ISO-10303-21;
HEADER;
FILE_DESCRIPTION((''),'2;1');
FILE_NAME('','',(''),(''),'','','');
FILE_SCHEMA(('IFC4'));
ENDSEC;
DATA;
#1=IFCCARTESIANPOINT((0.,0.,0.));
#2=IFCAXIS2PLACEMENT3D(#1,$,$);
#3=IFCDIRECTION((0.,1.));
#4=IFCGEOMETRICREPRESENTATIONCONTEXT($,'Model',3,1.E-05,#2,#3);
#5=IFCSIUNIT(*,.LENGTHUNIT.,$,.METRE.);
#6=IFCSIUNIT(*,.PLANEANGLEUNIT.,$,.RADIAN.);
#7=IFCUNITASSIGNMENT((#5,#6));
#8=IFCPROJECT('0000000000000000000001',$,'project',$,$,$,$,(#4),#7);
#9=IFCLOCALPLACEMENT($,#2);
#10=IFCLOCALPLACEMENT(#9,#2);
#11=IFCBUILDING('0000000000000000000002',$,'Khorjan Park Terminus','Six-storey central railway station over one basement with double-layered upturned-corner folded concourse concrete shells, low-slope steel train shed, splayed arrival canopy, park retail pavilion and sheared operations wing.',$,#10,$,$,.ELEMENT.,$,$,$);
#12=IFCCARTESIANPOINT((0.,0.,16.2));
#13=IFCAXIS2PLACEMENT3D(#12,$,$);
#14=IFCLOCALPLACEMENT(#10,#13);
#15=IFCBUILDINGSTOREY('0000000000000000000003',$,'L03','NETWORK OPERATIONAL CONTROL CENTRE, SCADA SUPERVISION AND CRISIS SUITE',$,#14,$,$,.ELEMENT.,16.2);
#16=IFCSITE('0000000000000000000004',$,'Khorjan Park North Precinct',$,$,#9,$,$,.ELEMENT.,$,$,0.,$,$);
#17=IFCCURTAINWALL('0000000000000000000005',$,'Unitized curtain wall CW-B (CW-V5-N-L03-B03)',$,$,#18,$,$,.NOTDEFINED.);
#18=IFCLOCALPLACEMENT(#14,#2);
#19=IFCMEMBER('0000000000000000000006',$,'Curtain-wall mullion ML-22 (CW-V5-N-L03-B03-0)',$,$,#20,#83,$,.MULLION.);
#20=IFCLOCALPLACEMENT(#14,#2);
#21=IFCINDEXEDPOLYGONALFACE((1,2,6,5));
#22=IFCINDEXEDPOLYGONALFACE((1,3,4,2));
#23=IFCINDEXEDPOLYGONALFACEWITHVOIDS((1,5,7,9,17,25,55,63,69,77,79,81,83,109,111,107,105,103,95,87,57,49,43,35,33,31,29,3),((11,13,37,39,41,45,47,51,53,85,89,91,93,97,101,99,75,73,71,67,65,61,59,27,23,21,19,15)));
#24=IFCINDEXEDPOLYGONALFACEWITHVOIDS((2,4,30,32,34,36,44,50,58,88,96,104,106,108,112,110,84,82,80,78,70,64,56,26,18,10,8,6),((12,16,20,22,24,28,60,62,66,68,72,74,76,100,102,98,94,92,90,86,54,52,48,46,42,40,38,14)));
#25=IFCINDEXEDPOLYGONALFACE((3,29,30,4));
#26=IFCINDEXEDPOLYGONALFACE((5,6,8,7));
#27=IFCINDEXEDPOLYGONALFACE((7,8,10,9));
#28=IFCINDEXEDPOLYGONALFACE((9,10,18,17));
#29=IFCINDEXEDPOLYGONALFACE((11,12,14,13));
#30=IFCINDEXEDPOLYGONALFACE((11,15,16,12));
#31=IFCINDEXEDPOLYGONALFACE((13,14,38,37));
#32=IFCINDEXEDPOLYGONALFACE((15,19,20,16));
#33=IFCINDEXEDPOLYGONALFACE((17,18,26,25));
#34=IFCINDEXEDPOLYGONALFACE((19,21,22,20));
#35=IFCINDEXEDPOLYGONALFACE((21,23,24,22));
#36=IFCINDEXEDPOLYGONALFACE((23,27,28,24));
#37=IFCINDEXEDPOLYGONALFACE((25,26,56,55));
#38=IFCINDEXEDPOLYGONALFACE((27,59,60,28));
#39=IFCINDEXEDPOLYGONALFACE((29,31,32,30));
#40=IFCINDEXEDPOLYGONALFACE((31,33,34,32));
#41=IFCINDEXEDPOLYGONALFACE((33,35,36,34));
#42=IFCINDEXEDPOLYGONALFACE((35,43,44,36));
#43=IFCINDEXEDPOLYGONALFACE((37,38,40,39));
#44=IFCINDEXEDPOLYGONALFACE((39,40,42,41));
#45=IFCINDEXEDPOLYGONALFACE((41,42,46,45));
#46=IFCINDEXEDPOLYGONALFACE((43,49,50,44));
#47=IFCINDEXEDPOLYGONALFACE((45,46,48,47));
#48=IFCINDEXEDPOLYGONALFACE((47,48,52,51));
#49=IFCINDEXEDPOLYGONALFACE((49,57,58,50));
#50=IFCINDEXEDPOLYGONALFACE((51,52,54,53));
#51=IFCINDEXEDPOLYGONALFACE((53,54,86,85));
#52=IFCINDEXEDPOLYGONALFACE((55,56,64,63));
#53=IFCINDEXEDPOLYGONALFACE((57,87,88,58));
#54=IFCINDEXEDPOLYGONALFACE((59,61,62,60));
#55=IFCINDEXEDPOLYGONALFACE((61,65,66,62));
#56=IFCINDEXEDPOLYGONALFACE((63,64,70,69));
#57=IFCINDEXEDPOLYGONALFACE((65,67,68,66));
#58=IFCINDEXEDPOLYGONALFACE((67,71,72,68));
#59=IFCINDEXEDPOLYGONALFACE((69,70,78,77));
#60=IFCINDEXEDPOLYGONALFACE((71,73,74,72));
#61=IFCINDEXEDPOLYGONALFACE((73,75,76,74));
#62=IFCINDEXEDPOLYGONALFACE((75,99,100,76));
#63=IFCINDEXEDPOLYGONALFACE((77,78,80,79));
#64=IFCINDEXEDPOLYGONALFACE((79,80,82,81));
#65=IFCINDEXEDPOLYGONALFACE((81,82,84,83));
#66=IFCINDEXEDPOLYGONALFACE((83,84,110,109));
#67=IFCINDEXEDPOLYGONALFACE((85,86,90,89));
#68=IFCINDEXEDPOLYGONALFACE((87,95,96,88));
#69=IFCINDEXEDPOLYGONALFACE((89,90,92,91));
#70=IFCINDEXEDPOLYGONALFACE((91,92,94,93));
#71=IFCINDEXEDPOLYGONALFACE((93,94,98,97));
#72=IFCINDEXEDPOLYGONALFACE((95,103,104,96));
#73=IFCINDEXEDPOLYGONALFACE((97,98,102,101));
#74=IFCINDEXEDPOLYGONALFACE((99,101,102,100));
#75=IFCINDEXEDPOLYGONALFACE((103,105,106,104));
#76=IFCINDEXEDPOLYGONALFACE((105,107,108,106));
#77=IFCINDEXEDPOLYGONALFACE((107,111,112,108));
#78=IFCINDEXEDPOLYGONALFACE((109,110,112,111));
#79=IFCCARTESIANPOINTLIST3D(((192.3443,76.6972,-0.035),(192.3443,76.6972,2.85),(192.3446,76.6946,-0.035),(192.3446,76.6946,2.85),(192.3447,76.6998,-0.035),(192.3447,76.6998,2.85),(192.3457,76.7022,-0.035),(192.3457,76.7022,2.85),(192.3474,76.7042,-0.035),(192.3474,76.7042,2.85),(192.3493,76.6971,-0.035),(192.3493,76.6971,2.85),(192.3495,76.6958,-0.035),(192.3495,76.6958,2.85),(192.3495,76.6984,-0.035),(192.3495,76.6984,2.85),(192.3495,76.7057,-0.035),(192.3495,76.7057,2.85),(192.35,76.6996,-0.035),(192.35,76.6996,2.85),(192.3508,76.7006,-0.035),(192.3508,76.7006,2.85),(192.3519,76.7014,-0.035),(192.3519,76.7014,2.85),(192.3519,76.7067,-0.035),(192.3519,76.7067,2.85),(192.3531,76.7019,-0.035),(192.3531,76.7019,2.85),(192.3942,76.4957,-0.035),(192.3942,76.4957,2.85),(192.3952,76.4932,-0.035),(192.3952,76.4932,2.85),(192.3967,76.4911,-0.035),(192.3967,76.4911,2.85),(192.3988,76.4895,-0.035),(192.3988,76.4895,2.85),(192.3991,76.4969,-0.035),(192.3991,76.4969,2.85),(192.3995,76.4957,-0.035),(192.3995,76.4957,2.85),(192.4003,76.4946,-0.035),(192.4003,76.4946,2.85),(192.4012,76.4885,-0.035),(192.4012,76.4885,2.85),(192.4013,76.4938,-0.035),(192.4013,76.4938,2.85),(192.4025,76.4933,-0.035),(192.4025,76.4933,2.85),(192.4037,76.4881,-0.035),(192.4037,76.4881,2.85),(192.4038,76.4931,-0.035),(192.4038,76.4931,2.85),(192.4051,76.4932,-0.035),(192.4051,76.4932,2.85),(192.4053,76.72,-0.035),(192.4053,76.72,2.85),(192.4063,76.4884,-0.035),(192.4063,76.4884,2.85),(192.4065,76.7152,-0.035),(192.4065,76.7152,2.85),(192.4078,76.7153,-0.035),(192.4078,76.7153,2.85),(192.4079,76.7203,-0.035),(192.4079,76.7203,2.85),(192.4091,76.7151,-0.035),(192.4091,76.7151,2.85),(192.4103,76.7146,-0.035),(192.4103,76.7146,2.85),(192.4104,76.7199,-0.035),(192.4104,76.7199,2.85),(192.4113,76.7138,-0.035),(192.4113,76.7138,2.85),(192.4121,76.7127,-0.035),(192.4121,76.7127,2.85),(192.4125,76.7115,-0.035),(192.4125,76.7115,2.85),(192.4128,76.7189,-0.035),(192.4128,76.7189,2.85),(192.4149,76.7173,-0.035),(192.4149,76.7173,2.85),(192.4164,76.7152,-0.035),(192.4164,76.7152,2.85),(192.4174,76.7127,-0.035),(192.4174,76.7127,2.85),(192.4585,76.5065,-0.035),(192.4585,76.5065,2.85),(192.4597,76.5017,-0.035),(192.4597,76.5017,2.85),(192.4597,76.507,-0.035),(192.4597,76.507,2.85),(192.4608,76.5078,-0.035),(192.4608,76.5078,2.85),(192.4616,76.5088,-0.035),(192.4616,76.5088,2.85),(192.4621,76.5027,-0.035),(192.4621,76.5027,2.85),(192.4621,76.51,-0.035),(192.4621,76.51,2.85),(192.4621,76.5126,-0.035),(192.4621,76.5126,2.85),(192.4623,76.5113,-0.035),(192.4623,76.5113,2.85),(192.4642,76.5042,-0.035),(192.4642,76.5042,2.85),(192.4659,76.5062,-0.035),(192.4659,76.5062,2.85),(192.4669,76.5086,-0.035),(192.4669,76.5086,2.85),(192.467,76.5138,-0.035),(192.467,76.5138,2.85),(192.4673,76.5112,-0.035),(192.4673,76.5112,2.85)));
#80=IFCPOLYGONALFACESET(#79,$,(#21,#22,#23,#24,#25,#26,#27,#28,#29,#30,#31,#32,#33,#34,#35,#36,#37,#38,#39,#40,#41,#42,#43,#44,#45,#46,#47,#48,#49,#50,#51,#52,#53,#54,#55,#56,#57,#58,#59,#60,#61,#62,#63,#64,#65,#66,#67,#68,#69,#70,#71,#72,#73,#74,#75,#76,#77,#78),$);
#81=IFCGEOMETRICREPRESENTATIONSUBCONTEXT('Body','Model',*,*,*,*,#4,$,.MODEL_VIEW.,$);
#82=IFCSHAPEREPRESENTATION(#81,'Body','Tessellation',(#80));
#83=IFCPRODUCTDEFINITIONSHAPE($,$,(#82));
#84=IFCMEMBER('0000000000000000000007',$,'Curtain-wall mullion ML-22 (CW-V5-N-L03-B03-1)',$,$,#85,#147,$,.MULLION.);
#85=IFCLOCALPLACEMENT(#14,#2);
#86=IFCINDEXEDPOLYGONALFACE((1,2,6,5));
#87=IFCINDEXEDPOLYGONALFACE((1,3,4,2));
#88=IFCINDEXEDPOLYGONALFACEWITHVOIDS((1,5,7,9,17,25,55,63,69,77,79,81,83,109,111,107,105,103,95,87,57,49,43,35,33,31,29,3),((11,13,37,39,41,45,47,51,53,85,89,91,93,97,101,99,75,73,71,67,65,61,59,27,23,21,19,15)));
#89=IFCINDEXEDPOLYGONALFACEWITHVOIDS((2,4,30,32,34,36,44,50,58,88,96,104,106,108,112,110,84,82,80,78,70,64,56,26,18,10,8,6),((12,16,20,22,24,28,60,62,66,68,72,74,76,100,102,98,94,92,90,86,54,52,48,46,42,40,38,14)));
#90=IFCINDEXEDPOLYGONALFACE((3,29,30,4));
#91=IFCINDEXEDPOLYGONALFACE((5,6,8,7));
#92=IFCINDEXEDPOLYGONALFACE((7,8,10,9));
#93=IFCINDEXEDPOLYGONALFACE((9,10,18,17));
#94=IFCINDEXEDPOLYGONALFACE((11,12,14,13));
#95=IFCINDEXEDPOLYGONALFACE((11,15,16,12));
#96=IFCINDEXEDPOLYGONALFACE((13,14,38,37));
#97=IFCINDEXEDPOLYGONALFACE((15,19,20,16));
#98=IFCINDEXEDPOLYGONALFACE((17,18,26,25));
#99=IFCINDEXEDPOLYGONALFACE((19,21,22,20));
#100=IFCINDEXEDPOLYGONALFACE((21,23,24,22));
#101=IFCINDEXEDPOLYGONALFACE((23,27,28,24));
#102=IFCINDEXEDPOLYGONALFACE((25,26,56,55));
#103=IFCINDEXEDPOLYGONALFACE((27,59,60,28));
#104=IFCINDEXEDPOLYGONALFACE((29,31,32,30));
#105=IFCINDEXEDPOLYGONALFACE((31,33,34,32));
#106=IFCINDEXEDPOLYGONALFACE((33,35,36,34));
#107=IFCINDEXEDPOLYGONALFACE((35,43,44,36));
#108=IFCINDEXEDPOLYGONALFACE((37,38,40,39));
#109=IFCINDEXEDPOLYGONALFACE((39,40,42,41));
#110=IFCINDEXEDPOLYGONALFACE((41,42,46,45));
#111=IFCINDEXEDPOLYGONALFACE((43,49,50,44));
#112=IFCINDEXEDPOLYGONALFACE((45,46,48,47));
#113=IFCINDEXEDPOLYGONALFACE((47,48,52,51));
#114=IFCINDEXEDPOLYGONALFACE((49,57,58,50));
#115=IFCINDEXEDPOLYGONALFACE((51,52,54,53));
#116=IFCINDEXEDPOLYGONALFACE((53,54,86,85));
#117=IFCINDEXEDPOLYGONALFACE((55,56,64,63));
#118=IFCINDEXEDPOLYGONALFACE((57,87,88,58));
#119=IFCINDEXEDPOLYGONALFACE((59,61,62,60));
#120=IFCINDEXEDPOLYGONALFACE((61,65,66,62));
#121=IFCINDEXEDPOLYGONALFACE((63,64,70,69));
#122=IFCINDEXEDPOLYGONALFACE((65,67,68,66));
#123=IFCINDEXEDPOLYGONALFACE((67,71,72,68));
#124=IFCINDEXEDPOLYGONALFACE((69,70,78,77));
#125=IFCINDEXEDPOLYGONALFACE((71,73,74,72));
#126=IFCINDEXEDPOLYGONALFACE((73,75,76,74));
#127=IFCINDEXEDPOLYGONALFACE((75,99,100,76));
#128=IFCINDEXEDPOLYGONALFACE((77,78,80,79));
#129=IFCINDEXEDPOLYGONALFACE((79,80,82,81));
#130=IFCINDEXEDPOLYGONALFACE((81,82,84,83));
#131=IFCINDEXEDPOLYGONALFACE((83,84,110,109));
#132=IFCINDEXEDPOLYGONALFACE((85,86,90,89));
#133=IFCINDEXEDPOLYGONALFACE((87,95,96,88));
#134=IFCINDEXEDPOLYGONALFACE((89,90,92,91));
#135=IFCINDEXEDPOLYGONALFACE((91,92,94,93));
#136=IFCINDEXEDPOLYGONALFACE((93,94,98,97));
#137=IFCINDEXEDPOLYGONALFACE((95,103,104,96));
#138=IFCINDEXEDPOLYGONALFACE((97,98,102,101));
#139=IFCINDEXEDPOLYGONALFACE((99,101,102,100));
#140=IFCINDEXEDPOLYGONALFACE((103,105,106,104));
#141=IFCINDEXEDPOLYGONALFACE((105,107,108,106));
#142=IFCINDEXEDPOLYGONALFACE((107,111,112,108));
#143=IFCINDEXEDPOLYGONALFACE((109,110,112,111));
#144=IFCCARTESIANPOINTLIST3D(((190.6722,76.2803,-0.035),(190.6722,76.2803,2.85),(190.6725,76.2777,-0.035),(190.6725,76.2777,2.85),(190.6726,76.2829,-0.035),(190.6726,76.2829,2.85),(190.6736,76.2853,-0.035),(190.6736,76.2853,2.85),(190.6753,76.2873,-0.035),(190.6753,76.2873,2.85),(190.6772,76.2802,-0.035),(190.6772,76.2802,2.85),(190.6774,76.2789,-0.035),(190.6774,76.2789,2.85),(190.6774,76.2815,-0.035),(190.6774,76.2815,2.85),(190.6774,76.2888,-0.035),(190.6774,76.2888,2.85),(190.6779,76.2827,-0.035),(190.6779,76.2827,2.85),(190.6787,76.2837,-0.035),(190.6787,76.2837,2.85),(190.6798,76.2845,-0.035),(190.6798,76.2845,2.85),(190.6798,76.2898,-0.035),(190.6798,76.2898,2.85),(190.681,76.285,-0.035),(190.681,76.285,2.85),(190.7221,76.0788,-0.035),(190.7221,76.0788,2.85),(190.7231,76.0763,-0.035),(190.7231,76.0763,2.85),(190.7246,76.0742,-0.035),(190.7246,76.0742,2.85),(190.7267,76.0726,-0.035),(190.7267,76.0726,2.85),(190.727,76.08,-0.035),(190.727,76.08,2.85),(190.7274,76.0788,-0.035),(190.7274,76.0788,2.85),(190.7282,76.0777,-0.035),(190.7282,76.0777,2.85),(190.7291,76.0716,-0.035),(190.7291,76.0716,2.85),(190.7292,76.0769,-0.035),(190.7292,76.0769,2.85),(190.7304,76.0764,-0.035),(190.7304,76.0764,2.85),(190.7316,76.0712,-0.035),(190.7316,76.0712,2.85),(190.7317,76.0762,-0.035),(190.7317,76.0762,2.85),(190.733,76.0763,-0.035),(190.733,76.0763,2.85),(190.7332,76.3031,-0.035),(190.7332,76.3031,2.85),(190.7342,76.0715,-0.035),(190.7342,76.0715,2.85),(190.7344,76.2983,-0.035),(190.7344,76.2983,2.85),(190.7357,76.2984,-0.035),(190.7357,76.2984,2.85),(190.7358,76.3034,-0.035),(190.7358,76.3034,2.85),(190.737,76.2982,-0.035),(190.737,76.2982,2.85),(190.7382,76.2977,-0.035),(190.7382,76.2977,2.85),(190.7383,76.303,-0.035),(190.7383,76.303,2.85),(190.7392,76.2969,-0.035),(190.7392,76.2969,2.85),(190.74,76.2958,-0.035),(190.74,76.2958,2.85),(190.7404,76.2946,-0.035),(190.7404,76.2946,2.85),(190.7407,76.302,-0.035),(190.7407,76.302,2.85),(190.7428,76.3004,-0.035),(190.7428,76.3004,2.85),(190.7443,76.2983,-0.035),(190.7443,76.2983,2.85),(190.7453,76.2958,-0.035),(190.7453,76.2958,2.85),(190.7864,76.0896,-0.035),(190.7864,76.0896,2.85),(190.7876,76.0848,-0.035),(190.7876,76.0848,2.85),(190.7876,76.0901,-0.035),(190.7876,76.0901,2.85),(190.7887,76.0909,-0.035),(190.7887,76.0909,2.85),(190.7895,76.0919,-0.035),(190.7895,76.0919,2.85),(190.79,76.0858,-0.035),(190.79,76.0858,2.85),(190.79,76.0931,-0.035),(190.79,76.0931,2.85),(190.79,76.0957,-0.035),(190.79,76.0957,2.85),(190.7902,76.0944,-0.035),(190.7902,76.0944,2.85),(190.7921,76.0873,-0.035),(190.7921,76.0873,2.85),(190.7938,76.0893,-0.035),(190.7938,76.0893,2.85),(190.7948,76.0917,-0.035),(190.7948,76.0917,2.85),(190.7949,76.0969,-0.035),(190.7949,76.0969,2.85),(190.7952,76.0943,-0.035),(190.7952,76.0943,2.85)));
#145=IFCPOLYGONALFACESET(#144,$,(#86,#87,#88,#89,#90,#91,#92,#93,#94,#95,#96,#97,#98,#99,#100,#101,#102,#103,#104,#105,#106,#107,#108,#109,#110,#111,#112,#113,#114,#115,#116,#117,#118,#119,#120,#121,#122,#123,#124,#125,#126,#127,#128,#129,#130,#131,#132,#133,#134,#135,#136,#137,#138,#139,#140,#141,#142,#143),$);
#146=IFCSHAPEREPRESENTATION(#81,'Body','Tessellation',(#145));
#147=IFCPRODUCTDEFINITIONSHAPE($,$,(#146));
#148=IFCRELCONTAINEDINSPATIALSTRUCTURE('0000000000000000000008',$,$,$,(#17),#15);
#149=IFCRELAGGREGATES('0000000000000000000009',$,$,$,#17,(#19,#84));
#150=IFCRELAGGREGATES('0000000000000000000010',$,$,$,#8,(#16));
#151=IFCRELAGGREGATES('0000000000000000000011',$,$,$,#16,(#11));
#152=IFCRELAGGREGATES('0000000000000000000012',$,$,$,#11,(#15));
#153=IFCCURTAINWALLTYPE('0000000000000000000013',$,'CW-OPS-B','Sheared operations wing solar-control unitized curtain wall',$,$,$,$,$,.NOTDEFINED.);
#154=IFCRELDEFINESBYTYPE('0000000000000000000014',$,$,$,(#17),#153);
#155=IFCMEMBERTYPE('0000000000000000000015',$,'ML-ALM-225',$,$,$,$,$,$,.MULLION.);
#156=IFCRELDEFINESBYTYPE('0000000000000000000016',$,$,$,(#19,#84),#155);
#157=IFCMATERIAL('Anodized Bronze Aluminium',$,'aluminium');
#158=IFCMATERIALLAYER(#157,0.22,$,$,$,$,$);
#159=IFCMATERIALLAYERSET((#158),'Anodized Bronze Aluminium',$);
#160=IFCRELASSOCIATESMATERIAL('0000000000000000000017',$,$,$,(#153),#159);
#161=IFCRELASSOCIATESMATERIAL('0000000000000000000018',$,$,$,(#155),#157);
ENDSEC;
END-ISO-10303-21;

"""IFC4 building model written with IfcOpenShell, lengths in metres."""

from ifc_helpers import new_model, si_unit, direction, frame, origin, origin_2d, place, context, subcontext, project, spatial, hollow_rectangle, extrude, material, layer, layer_set, material_profile, profile_set, type_object, element, aggregate, save


model = new_model("IFC4")

# Units and contexts
model_context = context("Model", 3, precision=1e-05, world=origin(), true_north=direction((0.0, 1.0)))
body_context = subcontext(model_context, "Body", "Model", "MODEL_VIEW")
ifc_project = project(units=[si_unit("LENGTHUNIT", "METRE"), si_unit("PLANEANGLEUNIT", "RADIAN")], contexts=[model_context])

# Site, building, storey
site_placement = place(None, origin())
site = spatial("IfcSite", under=ifc_project, at=site_placement, Name="Khorjan Park North Precinct", CompositionType="ELEMENT", RefElevation=0.0)
building_placement = place(site_placement, origin())
building = spatial("IfcBuilding", under=site, at=building_placement, Name="Khorjan Park Terminus", Description="Six-storey central railway station over one basement with double-layered upturned-corner folded concourse concrete shells, low-slope steel train shed, splayed arrival canopy, park retail pavilion and sheared operations wing.", CompositionType="ELEMENT")
storey_placement = place(building_placement, frame((0.0, 0.0, 16.2)))
storey = spatial("IfcBuildingStorey", under=building, at=storey_placement, Name="L03", Description="NETWORK OPERATIONAL CONTROL CENTRE, SCADA SUPERVISION AND CRISIS SUITE", CompositionType="ELEMENT", Elevation=16.2)

# Curtain wall, members
ifc_material_1 = material(Name="Anodized Bronze Aluminium", Category="aluminium")
ifc_layer_1 = layer(ifc_material_1, 0.22)
ifc_layer_set_1 = layer_set([ifc_layer_1], Name="Anodized Bronze Aluminium")
curtain_wall_type = type_object("IfcCurtainWallType", Name="CW-OPS-B", Description="Sheared operations wing solar-control unitized curtain wall", PredefinedType="NOTDEFINED", material=ifc_layer_set_1)
curtain_wall_placement = place(storey_placement, origin())
curtain_wall = element("IfcCurtainWall", 1, at=curtain_wall_placement, inside=storey, type_object=curtain_wall_type, Name="Unitized curtain wall CW-B (CW-V5-N-L03-B03)", PredefinedType="NOTDEFINED")
ifc_material_profile_1 = material_profile(ifc_material_1, hollow_rectangle(XDim=0.075, YDim=0.225, WallThickness=0.005, InnerFilletRadius=0.005, OuterFilletRadius=0.01, at=origin_2d()), Name="ALM 75x225x5")
ifc_profile_set_1 = profile_set([ifc_material_profile_1], Name="Anodized Bronze Aluminium")
member_type_1 = type_object("IfcMemberType", Name="ML-ALM-225", PredefinedType="MULLION", material=ifc_profile_set_1)
member_1_placement = place(storey_placement, frame((192.4058, 76.6042, -0.035), z_axis=(0.0, 0.0, 1.0), x_axis=(-0.970296, -0.241921, 0.0)))
member_1 = element("IfcMember", 2, at=member_1_placement, type_object=member_type_1, Name="Curtain-wall mullion ML-22 (CW-V5-N-L03-B03-0)", PredefinedType="MULLION", context=body_context, shape_type="SweptSolid", body=[
    extrude(hollow_rectangle(XDim=0.075, YDim=0.225, WallThickness=0.005, InnerFilletRadius=0.005, OuterFilletRadius=0.01, at=origin_2d()), origin(), (0.0, 0.0, 1.0), 2.885),
])
member_2_placement = place(storey_placement, frame((190.7337, 76.1873, -0.035), z_axis=(0.0, 0.0, 1.0), x_axis=(-0.970296, -0.241921, 0.0)))
member_2 = element("IfcMember", 3, at=member_2_placement, type_object=member_type_1, Name="Curtain-wall mullion ML-22 (CW-V5-N-L03-B03-1)", PredefinedType="MULLION", context=body_context, shape_type="SweptSolid", body=[
    extrude(hollow_rectangle(XDim=0.075, YDim=0.225, WallThickness=0.005, InnerFilletRadius=0.005, OuterFilletRadius=0.01, at=origin_2d()), origin(), (0.0, 0.0, 1.0), 2.885),
])
aggregate(curtain_wall, [member_1, member_2])

save(model, "model.ifc")
